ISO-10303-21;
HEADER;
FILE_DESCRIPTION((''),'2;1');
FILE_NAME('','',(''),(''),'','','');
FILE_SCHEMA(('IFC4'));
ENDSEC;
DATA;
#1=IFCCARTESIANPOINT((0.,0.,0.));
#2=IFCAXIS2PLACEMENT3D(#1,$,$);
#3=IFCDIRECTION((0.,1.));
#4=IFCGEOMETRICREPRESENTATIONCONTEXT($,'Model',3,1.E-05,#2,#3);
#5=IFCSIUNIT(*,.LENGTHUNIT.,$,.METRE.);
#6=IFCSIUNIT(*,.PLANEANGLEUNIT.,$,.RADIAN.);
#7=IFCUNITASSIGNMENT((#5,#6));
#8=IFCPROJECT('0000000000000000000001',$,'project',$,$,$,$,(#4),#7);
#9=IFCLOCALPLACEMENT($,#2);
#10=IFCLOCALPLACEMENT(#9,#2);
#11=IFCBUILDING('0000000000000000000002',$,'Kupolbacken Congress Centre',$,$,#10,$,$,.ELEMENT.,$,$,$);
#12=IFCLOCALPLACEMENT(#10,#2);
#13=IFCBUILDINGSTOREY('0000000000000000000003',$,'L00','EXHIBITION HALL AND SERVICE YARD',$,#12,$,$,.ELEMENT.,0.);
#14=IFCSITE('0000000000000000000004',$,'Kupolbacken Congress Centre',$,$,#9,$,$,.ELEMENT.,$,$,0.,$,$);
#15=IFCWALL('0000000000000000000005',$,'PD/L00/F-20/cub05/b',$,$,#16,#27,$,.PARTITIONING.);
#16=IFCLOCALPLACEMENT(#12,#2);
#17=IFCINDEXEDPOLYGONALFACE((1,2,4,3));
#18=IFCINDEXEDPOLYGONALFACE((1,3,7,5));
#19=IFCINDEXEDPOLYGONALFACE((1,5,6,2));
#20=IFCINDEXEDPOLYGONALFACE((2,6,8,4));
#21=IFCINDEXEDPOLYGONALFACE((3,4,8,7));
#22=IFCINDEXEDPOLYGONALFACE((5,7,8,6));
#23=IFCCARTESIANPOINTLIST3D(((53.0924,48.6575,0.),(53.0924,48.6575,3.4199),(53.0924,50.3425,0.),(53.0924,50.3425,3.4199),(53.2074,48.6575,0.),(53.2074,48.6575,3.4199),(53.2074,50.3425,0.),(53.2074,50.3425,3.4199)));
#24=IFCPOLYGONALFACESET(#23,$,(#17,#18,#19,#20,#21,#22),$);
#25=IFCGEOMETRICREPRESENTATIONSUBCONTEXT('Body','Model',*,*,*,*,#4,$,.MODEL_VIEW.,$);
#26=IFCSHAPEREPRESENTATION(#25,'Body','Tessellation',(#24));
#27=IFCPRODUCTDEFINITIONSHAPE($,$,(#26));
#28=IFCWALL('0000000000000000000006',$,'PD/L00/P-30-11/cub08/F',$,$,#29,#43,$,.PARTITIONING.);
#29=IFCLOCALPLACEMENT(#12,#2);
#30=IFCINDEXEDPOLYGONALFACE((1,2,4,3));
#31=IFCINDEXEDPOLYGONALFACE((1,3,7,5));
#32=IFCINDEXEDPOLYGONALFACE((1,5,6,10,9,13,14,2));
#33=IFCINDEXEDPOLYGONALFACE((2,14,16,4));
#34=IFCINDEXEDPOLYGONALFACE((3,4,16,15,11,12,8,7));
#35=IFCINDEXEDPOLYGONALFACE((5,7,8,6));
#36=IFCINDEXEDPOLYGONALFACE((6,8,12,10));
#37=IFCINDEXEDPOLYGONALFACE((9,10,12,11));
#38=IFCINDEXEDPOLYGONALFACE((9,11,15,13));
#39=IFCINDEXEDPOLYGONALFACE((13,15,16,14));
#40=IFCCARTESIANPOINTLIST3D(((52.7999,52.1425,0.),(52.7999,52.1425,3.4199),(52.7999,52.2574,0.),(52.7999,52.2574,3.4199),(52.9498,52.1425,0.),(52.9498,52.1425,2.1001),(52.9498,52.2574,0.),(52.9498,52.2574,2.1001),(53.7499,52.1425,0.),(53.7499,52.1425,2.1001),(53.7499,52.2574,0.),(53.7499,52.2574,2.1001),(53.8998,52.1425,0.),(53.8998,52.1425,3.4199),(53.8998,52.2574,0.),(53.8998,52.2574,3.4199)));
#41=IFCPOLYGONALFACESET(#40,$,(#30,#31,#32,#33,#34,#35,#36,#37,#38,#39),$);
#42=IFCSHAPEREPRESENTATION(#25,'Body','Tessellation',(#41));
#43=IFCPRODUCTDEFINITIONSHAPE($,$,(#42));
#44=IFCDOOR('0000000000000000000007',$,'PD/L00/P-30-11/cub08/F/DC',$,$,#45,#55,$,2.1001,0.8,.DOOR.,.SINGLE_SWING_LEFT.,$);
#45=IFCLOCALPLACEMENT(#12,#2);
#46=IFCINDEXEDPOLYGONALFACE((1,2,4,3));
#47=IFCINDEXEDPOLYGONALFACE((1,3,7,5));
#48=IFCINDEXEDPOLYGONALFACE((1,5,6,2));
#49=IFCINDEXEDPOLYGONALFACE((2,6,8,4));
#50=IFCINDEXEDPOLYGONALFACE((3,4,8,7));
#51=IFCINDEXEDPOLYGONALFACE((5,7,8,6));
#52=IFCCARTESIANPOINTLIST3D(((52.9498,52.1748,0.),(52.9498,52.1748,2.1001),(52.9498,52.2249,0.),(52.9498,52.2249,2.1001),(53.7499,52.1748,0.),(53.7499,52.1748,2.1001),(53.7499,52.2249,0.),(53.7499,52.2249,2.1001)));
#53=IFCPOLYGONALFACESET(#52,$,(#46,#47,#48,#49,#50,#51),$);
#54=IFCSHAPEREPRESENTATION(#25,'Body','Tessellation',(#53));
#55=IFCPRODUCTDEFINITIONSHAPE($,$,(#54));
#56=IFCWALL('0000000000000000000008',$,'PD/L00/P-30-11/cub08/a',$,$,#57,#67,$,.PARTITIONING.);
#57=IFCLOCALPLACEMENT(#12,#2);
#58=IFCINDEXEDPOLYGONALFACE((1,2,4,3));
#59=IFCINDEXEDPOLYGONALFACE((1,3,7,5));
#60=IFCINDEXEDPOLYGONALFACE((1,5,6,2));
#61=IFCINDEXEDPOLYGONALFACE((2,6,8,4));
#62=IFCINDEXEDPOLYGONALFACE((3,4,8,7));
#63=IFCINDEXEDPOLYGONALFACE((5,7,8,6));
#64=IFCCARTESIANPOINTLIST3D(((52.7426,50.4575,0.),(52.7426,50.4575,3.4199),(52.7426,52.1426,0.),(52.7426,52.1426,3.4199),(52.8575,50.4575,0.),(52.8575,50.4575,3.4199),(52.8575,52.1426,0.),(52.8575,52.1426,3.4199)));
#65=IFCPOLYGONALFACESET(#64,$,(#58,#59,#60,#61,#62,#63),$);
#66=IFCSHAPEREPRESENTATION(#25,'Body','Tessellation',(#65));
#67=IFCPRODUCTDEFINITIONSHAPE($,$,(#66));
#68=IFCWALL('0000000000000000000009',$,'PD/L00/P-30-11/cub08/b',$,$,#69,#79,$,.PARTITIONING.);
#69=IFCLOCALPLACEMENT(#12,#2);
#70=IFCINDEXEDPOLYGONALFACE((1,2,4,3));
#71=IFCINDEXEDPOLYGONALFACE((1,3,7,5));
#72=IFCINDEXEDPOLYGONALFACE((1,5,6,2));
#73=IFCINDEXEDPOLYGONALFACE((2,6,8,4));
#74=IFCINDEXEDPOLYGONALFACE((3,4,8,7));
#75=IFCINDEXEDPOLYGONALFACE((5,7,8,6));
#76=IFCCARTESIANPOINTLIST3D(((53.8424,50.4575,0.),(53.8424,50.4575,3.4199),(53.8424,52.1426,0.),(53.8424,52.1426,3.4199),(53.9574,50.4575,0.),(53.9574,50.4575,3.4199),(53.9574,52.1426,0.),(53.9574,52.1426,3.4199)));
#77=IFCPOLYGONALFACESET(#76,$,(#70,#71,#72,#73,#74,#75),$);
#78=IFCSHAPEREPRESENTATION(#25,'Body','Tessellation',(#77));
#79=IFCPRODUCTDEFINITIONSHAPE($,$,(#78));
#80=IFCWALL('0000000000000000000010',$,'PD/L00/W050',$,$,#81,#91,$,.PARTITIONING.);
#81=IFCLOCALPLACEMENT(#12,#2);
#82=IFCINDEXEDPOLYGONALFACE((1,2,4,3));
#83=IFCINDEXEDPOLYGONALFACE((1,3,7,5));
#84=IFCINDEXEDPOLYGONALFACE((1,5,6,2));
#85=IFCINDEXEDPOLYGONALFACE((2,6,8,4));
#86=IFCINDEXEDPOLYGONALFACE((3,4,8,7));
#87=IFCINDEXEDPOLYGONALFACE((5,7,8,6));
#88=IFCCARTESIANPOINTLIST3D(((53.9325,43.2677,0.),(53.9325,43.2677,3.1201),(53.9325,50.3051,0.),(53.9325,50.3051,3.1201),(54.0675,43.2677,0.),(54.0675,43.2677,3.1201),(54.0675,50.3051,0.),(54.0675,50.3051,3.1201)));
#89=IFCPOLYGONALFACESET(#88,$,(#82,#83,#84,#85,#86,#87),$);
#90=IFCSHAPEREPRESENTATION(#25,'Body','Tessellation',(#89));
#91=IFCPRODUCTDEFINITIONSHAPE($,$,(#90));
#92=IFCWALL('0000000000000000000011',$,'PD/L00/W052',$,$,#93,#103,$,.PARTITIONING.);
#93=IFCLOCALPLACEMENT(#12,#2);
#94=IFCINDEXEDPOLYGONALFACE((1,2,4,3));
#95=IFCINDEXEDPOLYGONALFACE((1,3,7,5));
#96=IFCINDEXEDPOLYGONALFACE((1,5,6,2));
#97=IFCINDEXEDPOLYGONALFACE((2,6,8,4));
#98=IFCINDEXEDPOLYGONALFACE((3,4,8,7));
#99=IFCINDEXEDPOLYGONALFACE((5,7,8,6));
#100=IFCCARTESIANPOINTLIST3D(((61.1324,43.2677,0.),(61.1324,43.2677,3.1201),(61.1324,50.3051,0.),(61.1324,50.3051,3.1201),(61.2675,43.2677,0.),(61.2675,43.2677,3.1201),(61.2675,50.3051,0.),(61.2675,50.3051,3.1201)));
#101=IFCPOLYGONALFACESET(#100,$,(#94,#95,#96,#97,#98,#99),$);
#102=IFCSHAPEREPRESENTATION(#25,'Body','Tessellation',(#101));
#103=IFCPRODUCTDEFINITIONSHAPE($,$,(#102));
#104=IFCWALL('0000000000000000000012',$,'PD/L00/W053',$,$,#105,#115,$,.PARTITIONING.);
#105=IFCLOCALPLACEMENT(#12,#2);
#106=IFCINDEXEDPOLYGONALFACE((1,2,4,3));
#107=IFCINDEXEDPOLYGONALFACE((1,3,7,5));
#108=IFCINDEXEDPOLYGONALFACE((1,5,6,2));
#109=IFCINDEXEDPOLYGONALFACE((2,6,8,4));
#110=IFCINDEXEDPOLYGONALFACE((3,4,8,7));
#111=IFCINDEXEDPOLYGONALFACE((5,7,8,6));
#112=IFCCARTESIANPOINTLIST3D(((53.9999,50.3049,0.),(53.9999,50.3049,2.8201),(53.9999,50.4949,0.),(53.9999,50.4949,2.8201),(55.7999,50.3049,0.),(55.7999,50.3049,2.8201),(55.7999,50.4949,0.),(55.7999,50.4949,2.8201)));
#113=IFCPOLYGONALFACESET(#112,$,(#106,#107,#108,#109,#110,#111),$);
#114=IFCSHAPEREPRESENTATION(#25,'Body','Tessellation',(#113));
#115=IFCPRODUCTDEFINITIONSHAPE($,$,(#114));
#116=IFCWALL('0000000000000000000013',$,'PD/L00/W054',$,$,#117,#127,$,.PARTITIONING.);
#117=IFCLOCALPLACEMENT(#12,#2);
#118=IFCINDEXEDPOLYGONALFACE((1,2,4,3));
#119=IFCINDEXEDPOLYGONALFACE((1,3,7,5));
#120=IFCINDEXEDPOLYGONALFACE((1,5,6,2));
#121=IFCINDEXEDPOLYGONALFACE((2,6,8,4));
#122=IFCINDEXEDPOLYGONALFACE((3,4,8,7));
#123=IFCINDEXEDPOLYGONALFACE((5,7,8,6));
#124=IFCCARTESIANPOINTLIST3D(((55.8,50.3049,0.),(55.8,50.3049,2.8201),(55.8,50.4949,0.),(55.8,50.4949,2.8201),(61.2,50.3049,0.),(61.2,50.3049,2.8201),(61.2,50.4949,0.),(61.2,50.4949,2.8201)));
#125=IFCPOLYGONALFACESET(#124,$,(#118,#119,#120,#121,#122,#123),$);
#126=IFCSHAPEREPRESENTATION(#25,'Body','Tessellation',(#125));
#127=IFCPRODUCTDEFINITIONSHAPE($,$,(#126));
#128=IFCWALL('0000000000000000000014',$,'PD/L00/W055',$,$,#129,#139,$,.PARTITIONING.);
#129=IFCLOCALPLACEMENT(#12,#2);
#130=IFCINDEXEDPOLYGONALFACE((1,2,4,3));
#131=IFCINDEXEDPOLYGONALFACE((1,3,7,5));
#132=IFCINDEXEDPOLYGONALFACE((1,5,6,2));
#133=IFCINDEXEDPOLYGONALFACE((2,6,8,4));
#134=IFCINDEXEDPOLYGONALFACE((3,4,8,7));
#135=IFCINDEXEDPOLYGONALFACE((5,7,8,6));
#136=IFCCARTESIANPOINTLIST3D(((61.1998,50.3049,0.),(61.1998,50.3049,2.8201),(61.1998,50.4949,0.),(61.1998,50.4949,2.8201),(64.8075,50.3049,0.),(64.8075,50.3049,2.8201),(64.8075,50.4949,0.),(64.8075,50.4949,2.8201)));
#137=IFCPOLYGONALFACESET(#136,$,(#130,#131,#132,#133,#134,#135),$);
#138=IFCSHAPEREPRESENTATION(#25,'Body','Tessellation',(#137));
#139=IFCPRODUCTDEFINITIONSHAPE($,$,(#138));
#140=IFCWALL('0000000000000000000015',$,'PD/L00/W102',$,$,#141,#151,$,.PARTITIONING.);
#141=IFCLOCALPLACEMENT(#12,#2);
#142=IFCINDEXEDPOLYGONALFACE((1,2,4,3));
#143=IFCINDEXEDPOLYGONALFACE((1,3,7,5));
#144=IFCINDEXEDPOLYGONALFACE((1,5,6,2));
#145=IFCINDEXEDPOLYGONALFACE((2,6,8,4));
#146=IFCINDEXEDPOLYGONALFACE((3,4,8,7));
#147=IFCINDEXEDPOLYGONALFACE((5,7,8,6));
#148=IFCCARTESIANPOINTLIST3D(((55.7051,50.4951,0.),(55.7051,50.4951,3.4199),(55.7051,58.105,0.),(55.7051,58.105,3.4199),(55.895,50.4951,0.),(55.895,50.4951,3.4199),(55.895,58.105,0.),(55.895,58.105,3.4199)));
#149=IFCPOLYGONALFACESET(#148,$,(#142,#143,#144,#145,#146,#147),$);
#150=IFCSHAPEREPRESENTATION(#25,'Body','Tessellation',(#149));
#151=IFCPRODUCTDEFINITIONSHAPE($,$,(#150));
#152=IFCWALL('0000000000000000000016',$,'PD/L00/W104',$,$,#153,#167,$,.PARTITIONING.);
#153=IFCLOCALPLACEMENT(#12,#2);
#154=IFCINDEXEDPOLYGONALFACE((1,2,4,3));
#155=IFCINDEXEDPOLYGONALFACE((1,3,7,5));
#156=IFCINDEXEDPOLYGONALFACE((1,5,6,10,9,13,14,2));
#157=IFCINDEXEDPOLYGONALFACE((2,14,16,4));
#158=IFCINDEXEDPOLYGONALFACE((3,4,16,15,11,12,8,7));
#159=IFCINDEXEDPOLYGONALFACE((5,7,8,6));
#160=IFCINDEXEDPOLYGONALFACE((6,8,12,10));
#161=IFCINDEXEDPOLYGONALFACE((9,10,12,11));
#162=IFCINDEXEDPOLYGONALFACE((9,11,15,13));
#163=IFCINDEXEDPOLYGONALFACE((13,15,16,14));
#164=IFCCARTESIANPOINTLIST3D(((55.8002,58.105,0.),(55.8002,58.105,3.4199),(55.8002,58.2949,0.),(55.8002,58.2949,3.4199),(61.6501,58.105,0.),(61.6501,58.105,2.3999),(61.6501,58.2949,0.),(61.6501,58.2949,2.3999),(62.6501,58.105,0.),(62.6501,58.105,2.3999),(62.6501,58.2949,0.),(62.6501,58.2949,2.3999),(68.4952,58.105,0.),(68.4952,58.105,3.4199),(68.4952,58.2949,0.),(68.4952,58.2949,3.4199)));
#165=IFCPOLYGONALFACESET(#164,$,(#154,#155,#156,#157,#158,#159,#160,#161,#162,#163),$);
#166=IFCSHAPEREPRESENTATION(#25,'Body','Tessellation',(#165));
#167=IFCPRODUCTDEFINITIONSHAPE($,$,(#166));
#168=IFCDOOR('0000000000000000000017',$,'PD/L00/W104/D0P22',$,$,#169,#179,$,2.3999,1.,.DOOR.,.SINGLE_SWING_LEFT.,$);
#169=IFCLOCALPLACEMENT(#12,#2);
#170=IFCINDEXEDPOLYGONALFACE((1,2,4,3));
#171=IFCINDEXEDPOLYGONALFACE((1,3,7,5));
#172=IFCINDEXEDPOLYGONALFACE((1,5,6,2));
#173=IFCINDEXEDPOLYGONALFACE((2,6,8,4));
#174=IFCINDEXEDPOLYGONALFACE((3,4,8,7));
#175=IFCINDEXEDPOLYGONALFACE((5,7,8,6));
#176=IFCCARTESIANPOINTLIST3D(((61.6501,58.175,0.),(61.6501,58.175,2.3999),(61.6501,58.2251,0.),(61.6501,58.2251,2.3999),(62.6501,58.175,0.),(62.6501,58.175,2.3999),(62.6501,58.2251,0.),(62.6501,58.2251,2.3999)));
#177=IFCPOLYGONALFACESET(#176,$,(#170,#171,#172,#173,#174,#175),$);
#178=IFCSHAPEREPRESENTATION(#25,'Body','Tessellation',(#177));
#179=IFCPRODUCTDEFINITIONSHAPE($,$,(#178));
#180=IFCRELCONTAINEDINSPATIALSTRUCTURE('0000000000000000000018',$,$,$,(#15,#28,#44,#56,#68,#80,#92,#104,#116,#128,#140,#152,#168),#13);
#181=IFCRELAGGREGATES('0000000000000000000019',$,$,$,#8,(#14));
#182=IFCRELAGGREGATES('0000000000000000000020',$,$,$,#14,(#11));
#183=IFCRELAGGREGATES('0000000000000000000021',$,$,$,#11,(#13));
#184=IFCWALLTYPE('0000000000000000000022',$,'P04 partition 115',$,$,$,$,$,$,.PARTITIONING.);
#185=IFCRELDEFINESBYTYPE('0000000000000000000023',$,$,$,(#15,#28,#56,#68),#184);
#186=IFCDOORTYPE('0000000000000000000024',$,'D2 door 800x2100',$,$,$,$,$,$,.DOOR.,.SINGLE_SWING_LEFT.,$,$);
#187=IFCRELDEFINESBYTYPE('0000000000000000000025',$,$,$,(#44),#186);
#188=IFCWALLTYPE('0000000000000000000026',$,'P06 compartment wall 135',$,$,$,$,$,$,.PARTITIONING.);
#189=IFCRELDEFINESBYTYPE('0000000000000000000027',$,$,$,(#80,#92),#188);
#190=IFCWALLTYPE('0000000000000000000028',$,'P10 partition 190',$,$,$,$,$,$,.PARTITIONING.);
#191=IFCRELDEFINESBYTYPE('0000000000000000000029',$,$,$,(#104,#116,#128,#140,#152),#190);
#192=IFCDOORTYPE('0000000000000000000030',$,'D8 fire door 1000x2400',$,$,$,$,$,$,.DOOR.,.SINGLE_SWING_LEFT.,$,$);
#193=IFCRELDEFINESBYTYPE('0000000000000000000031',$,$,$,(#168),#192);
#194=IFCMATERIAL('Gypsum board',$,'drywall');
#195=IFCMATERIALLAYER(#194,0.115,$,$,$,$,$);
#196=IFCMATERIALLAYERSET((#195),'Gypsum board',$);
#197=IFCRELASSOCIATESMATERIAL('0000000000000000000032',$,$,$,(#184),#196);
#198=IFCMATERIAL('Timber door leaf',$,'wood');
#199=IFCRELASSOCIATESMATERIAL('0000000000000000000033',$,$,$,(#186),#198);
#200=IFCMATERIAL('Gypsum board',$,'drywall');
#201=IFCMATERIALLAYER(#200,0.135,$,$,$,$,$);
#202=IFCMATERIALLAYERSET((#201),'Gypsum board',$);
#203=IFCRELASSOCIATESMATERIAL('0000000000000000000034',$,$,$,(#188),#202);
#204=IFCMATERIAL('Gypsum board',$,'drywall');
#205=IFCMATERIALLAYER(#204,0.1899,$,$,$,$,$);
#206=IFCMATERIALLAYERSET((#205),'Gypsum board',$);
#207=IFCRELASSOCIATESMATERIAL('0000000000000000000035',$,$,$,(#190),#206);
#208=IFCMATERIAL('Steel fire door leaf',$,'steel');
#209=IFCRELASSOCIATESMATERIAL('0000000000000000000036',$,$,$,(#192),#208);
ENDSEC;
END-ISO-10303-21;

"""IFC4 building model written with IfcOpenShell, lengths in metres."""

from ifc_helpers import new_model, si_unit, direction, frame, frame_2d, origin, place, context, subcontext, project, spatial, rectangle, extrude, material, layer, layer_set, type_object, element, fill, save


model = new_model("IFC4")

# Units and contexts
model_context = context("Model", 3, precision=1e-05, world=origin(), true_north=direction((0.0, 1.0)))
body_context = subcontext(model_context, "Body", "Model", "MODEL_VIEW")
ifc_project = project(units=[si_unit("LENGTHUNIT", "METRE"), si_unit("PLANEANGLEUNIT", "RADIAN")], contexts=[model_context])

# Site, building, storey
site_placement = place(None, origin())
site = spatial("IfcSite", under=ifc_project, at=site_placement, Name="Kupolbacken Congress Centre", CompositionType="ELEMENT", RefElevation=0.0)
building_placement = place(site_placement, origin())
building = spatial("IfcBuilding", under=site, at=building_placement, Name="Kupolbacken Congress Centre", CompositionType="ELEMENT")
storey_placement = place(building_placement, origin())
storey = spatial("IfcBuildingStorey", under=building, at=storey_placement, Name="L00", Description="EXHIBITION HALL AND SERVICE YARD", CompositionType="ELEMENT", Elevation=0.0)

# Wall
ifc_material_1 = material(Name="Gypsum board", Category="drywall")
ifc_layer_1 = layer(ifc_material_1, 0.115)
ifc_layer_set_1 = layer_set([ifc_layer_1], Name="Gypsum board")
wall_type_1 = type_object("IfcWallType", Name="P04 partition 115", PredefinedType="PARTITIONING", material=ifc_layer_set_1)
wall_1_placement = place(storey_placement, frame((53.1499, 50.3425, 0.0), z_axis=(0.0, 0.0, 1.0), x_axis=(0.0, -1.0, 0.0)))
element("IfcWall", 1, at=wall_1_placement, inside=storey, type_object=wall_type_1, Name="PD/L00/F-20/cub05/b", PredefinedType="PARTITIONING", context=body_context, shape_type="SweptSolid", body=[
    extrude(rectangle(XDim=1.6851, YDim=0.115, at=frame_2d((0.8425, 0.0))), origin(), (0.0, 0.0, 1.0), 3.4199),
])

# Wall, opening, door
wall_2_placement = place(storey_placement, frame((52.8, 52.2, 0.0), z_axis=(0.0, 0.0, 1.0), x_axis=(1.0, 0.0, 0.0)))
wall_2 = element("IfcWall", 2, at=wall_2_placement, inside=storey, type_object=wall_type_1, Name="PD/L00/P-30-11/cub08/F", PredefinedType="PARTITIONING", context=body_context, shape_type="SweptSolid", body=[
    extrude(rectangle(XDim=1.0999, YDim=0.115, at=frame_2d((0.5498, 0.0))), origin(), (0.0, 0.0, 1.0), 3.4199),
])
opening_1_placement = place(wall_2_placement, frame((0.1499, 0.0, 0.0)))
opening_1 = element("IfcOpeningElement", 3, at=opening_1_placement, cuts=wall_2, PredefinedType="OPENING", context=body_context, shape_type="SweptSolid", body=[
    extrude(rectangle(XDim=0.8, YDim=2.1001, at=frame_2d((0.3999, 1.05))), frame((0.0, 0.0674, 0.0), z_axis=(0.0, -1.0, 0.0), x_axis=(1.0, 0.0, 0.0)), (0.0, 0.0, 1.0), 0.135),
])
ifc_material_2 = material(Name="Timber door leaf", Category="wood")
door_type_1 = type_object("IfcDoorType", Name="D2 door 800x2100", OperationType="SINGLE_SWING_LEFT", PredefinedType="DOOR", material=ifc_material_2)
door_1_placement = place(opening_1_placement, origin())
door_1 = element("IfcDoor", 4, at=door_1_placement, inside=storey, type_object=door_type_1, Name="PD/L00/P-30-11/cub08/F/DC", OperationType="SINGLE_SWING_LEFT", OverallHeight=2.1001, OverallWidth=0.8, PredefinedType="DOOR", context=body_context, shape_type="SweptSolid", body=[
    extrude(rectangle(XDim=0.8, YDim=2.1001, at=frame_2d((0.3999, 1.05))), frame((0.0, 0.0249, 0.0), z_axis=(0.0, -1.0, 0.0), x_axis=(1.0, 0.0, 0.0)), (0.0, 0.0, 1.0), 0.05),
])
fill(opening_1, door_1)

# Walls
for number, where, z_axis, x_axis, name in (
    (5, (52.8, 50.4575, 0.0), (0.0, 0.0, 1.0), (0.0, 1.0, 0.0), "PD/L00/P-30-11/cub08/a"),
    (6, (53.8999, 50.4575, 0.0), (0.0, 0.0, 1.0), (0.0, 1.0, 0.0), "PD/L00/P-30-11/cub08/b"),
):
    element("IfcWall", number, at=place(storey_placement, frame(where, z_axis=z_axis, x_axis=x_axis)), inside=storey, type_object=wall_type_1, Name=name, PredefinedType="PARTITIONING", context=body_context, shape_type="SweptSolid", body=[
        extrude(rectangle(XDim=1.6851, YDim=0.115, at=frame_2d((0.8425, 0.0))), origin(), (0.0, 0.0, 1.0), 3.4199),
    ])
ifc_material_3 = material(Name="Gypsum board", Category="drywall")
ifc_layer_2 = layer(ifc_material_3, 0.135)
ifc_layer_set_2 = layer_set([ifc_layer_2], Name="Gypsum board")
wall_type_2 = type_object("IfcWallType", Name="P06 compartment wall 135", PredefinedType="PARTITIONING", material=ifc_layer_set_2)
for number, where, z_axis, x_axis, name in (
    (7, (54.0, 50.3049, 0.0), (0.0, 0.0, 1.0), (0.0, -1.0, 0.0), "PD/L00/W050"),
    (8, (61.2, 50.3049, 0.0), (0.0, 0.0, 1.0), (0.0, -1.0, 0.0), "PD/L00/W052"),
):
    element("IfcWall", number, at=place(storey_placement, frame(where, z_axis=z_axis, x_axis=x_axis)), inside=storey, type_object=wall_type_2, Name=name, PredefinedType="PARTITIONING", context=body_context, shape_type="SweptSolid", body=[
        extrude(rectangle(XDim=7.0374, YDim=0.135, at=frame_2d((3.5186, 0.0))), origin(), (0.0, 0.0, 1.0), 3.1201),
    ])
ifc_material_4 = material(Name="Gypsum board", Category="drywall")
ifc_layer_3 = layer(ifc_material_4, 0.1899)
ifc_layer_set_3 = layer_set([ifc_layer_3], Name="Gypsum board")
wall_type_3 = type_object("IfcWallType", Name="P10 partition 190", PredefinedType="PARTITIONING", material=ifc_layer_set_3)
wall_3_placement = place(storey_placement, frame((54.0, 50.3999, 0.0), z_axis=(0.0, 0.0, 1.0), x_axis=(1.0, 0.0, 0.0)))
element("IfcWall", 9, at=wall_3_placement, inside=storey, type_object=wall_type_3, Name="PD/L00/W053", PredefinedType="PARTITIONING", context=body_context, shape_type="SweptSolid", body=[
    extrude(rectangle(XDim=1.8, YDim=0.1899, at=frame_2d((0.8999, 0.0))), origin(), (0.0, 0.0, 1.0), 2.8201),
])
wall_4_placement = place(storey_placement, frame((55.8, 50.3999, 0.0), z_axis=(0.0, 0.0, 1.0), x_axis=(1.0, 0.0, 0.0)))
element("IfcWall", 10, at=wall_4_placement, inside=storey, type_object=wall_type_3, Name="PD/L00/W054", PredefinedType="PARTITIONING", context=body_context, shape_type="SweptSolid", body=[
    extrude(rectangle(XDim=5.3999, YDim=0.1899, at=frame_2d((2.7, 0.0))), origin(), (0.0, 0.0, 1.0), 2.8201),
])
wall_5_placement = place(storey_placement, frame((61.2, 50.3999, 0.0), z_axis=(0.0, 0.0, 1.0), x_axis=(1.0, 0.0, 0.0)))
element("IfcWall", 11, at=wall_5_placement, inside=storey, type_object=wall_type_3, Name="PD/L00/W055", PredefinedType="PARTITIONING", context=body_context, shape_type="SweptSolid", body=[
    extrude(rectangle(XDim=3.6077, YDim=0.1899, at=frame_2d((1.8037, 0.0))), origin(), (0.0, 0.0, 1.0), 2.8201),
])
wall_6_placement = place(storey_placement, frame((55.8, 58.105, 0.0), z_axis=(0.0, 0.0, 1.0), x_axis=(0.0, -1.0, 0.0)))
element("IfcWall", 12, at=wall_6_placement, inside=storey, type_object=wall_type_3, Name="PD/L00/W102", PredefinedType="PARTITIONING", context=body_context, shape_type="SweptSolid", body=[
    extrude(rectangle(XDim=7.6099, YDim=0.1899, at=frame_2d((3.8049, 0.0))), origin(), (0.0, 0.0, 1.0), 3.4199),
])

# Wall, opening, door
wall_7_placement = place(storey_placement, frame((55.8, 58.2, 0.0), z_axis=(0.0, 0.0, 1.0), x_axis=(1.0, 0.0, 0.0)))
wall_7 = element("IfcWall", 13, at=wall_7_placement, inside=storey, type_object=wall_type_3, Name="PD/L00/W104", PredefinedType="PARTITIONING", context=body_context, shape_type="SweptSolid", body=[
    extrude(rectangle(XDim=12.6951, YDim=0.1899, at=frame_2d((6.3477, 0.0))), origin(), (0.0, 0.0, 1.0), 3.4199),
])
opening_2_placement = place(wall_7_placement, frame((5.8501, 0.0, 0.0)))
opening_2 = element("IfcOpeningElement", 14, at=opening_2_placement, cuts=wall_7, PredefinedType="OPENING", context=body_context, shape_type="SweptSolid", body=[
    extrude(rectangle(XDim=1.0, YDim=2.3999, at=frame_2d((0.5, 1.2))), frame((0.0, 0.105, 0.0), z_axis=(0.0, -1.0, 0.0), x_axis=(1.0, 0.0, 0.0)), (0.0, 0.0, 1.0), 0.21),
])
ifc_material_5 = material(Name="Steel fire door leaf", Category="steel")
door_type_2 = type_object("IfcDoorType", Name="D8 fire door 1000x2400", OperationType="SINGLE_SWING_LEFT", PredefinedType="DOOR", material=ifc_material_5)
door_2_placement = place(opening_2_placement, frame((1.0, 0.0, 0.0), z_axis=(0.0, 0.0, 1.0), x_axis=(-1.0, 0.0, 0.0)))
door_2 = element("IfcDoor", 15, at=door_2_placement, inside=storey, type_object=door_type_2, Name="PD/L00/W104/D0P22", OperationType="SINGLE_SWING_LEFT", OverallHeight=2.3999, OverallWidth=1.0, PredefinedType="DOOR", context=body_context, shape_type="SweptSolid", body=[
    extrude(rectangle(XDim=1.0, YDim=2.3999, at=frame_2d((0.5, 1.2))), frame((0.0, 0.0249, 0.0), z_axis=(0.0, -1.0, 0.0), x_axis=(1.0, 0.0, 0.0)), (0.0, 0.0, 1.0), 0.05),
])
fill(opening_2, door_2)

save(model, "model.ifc")
